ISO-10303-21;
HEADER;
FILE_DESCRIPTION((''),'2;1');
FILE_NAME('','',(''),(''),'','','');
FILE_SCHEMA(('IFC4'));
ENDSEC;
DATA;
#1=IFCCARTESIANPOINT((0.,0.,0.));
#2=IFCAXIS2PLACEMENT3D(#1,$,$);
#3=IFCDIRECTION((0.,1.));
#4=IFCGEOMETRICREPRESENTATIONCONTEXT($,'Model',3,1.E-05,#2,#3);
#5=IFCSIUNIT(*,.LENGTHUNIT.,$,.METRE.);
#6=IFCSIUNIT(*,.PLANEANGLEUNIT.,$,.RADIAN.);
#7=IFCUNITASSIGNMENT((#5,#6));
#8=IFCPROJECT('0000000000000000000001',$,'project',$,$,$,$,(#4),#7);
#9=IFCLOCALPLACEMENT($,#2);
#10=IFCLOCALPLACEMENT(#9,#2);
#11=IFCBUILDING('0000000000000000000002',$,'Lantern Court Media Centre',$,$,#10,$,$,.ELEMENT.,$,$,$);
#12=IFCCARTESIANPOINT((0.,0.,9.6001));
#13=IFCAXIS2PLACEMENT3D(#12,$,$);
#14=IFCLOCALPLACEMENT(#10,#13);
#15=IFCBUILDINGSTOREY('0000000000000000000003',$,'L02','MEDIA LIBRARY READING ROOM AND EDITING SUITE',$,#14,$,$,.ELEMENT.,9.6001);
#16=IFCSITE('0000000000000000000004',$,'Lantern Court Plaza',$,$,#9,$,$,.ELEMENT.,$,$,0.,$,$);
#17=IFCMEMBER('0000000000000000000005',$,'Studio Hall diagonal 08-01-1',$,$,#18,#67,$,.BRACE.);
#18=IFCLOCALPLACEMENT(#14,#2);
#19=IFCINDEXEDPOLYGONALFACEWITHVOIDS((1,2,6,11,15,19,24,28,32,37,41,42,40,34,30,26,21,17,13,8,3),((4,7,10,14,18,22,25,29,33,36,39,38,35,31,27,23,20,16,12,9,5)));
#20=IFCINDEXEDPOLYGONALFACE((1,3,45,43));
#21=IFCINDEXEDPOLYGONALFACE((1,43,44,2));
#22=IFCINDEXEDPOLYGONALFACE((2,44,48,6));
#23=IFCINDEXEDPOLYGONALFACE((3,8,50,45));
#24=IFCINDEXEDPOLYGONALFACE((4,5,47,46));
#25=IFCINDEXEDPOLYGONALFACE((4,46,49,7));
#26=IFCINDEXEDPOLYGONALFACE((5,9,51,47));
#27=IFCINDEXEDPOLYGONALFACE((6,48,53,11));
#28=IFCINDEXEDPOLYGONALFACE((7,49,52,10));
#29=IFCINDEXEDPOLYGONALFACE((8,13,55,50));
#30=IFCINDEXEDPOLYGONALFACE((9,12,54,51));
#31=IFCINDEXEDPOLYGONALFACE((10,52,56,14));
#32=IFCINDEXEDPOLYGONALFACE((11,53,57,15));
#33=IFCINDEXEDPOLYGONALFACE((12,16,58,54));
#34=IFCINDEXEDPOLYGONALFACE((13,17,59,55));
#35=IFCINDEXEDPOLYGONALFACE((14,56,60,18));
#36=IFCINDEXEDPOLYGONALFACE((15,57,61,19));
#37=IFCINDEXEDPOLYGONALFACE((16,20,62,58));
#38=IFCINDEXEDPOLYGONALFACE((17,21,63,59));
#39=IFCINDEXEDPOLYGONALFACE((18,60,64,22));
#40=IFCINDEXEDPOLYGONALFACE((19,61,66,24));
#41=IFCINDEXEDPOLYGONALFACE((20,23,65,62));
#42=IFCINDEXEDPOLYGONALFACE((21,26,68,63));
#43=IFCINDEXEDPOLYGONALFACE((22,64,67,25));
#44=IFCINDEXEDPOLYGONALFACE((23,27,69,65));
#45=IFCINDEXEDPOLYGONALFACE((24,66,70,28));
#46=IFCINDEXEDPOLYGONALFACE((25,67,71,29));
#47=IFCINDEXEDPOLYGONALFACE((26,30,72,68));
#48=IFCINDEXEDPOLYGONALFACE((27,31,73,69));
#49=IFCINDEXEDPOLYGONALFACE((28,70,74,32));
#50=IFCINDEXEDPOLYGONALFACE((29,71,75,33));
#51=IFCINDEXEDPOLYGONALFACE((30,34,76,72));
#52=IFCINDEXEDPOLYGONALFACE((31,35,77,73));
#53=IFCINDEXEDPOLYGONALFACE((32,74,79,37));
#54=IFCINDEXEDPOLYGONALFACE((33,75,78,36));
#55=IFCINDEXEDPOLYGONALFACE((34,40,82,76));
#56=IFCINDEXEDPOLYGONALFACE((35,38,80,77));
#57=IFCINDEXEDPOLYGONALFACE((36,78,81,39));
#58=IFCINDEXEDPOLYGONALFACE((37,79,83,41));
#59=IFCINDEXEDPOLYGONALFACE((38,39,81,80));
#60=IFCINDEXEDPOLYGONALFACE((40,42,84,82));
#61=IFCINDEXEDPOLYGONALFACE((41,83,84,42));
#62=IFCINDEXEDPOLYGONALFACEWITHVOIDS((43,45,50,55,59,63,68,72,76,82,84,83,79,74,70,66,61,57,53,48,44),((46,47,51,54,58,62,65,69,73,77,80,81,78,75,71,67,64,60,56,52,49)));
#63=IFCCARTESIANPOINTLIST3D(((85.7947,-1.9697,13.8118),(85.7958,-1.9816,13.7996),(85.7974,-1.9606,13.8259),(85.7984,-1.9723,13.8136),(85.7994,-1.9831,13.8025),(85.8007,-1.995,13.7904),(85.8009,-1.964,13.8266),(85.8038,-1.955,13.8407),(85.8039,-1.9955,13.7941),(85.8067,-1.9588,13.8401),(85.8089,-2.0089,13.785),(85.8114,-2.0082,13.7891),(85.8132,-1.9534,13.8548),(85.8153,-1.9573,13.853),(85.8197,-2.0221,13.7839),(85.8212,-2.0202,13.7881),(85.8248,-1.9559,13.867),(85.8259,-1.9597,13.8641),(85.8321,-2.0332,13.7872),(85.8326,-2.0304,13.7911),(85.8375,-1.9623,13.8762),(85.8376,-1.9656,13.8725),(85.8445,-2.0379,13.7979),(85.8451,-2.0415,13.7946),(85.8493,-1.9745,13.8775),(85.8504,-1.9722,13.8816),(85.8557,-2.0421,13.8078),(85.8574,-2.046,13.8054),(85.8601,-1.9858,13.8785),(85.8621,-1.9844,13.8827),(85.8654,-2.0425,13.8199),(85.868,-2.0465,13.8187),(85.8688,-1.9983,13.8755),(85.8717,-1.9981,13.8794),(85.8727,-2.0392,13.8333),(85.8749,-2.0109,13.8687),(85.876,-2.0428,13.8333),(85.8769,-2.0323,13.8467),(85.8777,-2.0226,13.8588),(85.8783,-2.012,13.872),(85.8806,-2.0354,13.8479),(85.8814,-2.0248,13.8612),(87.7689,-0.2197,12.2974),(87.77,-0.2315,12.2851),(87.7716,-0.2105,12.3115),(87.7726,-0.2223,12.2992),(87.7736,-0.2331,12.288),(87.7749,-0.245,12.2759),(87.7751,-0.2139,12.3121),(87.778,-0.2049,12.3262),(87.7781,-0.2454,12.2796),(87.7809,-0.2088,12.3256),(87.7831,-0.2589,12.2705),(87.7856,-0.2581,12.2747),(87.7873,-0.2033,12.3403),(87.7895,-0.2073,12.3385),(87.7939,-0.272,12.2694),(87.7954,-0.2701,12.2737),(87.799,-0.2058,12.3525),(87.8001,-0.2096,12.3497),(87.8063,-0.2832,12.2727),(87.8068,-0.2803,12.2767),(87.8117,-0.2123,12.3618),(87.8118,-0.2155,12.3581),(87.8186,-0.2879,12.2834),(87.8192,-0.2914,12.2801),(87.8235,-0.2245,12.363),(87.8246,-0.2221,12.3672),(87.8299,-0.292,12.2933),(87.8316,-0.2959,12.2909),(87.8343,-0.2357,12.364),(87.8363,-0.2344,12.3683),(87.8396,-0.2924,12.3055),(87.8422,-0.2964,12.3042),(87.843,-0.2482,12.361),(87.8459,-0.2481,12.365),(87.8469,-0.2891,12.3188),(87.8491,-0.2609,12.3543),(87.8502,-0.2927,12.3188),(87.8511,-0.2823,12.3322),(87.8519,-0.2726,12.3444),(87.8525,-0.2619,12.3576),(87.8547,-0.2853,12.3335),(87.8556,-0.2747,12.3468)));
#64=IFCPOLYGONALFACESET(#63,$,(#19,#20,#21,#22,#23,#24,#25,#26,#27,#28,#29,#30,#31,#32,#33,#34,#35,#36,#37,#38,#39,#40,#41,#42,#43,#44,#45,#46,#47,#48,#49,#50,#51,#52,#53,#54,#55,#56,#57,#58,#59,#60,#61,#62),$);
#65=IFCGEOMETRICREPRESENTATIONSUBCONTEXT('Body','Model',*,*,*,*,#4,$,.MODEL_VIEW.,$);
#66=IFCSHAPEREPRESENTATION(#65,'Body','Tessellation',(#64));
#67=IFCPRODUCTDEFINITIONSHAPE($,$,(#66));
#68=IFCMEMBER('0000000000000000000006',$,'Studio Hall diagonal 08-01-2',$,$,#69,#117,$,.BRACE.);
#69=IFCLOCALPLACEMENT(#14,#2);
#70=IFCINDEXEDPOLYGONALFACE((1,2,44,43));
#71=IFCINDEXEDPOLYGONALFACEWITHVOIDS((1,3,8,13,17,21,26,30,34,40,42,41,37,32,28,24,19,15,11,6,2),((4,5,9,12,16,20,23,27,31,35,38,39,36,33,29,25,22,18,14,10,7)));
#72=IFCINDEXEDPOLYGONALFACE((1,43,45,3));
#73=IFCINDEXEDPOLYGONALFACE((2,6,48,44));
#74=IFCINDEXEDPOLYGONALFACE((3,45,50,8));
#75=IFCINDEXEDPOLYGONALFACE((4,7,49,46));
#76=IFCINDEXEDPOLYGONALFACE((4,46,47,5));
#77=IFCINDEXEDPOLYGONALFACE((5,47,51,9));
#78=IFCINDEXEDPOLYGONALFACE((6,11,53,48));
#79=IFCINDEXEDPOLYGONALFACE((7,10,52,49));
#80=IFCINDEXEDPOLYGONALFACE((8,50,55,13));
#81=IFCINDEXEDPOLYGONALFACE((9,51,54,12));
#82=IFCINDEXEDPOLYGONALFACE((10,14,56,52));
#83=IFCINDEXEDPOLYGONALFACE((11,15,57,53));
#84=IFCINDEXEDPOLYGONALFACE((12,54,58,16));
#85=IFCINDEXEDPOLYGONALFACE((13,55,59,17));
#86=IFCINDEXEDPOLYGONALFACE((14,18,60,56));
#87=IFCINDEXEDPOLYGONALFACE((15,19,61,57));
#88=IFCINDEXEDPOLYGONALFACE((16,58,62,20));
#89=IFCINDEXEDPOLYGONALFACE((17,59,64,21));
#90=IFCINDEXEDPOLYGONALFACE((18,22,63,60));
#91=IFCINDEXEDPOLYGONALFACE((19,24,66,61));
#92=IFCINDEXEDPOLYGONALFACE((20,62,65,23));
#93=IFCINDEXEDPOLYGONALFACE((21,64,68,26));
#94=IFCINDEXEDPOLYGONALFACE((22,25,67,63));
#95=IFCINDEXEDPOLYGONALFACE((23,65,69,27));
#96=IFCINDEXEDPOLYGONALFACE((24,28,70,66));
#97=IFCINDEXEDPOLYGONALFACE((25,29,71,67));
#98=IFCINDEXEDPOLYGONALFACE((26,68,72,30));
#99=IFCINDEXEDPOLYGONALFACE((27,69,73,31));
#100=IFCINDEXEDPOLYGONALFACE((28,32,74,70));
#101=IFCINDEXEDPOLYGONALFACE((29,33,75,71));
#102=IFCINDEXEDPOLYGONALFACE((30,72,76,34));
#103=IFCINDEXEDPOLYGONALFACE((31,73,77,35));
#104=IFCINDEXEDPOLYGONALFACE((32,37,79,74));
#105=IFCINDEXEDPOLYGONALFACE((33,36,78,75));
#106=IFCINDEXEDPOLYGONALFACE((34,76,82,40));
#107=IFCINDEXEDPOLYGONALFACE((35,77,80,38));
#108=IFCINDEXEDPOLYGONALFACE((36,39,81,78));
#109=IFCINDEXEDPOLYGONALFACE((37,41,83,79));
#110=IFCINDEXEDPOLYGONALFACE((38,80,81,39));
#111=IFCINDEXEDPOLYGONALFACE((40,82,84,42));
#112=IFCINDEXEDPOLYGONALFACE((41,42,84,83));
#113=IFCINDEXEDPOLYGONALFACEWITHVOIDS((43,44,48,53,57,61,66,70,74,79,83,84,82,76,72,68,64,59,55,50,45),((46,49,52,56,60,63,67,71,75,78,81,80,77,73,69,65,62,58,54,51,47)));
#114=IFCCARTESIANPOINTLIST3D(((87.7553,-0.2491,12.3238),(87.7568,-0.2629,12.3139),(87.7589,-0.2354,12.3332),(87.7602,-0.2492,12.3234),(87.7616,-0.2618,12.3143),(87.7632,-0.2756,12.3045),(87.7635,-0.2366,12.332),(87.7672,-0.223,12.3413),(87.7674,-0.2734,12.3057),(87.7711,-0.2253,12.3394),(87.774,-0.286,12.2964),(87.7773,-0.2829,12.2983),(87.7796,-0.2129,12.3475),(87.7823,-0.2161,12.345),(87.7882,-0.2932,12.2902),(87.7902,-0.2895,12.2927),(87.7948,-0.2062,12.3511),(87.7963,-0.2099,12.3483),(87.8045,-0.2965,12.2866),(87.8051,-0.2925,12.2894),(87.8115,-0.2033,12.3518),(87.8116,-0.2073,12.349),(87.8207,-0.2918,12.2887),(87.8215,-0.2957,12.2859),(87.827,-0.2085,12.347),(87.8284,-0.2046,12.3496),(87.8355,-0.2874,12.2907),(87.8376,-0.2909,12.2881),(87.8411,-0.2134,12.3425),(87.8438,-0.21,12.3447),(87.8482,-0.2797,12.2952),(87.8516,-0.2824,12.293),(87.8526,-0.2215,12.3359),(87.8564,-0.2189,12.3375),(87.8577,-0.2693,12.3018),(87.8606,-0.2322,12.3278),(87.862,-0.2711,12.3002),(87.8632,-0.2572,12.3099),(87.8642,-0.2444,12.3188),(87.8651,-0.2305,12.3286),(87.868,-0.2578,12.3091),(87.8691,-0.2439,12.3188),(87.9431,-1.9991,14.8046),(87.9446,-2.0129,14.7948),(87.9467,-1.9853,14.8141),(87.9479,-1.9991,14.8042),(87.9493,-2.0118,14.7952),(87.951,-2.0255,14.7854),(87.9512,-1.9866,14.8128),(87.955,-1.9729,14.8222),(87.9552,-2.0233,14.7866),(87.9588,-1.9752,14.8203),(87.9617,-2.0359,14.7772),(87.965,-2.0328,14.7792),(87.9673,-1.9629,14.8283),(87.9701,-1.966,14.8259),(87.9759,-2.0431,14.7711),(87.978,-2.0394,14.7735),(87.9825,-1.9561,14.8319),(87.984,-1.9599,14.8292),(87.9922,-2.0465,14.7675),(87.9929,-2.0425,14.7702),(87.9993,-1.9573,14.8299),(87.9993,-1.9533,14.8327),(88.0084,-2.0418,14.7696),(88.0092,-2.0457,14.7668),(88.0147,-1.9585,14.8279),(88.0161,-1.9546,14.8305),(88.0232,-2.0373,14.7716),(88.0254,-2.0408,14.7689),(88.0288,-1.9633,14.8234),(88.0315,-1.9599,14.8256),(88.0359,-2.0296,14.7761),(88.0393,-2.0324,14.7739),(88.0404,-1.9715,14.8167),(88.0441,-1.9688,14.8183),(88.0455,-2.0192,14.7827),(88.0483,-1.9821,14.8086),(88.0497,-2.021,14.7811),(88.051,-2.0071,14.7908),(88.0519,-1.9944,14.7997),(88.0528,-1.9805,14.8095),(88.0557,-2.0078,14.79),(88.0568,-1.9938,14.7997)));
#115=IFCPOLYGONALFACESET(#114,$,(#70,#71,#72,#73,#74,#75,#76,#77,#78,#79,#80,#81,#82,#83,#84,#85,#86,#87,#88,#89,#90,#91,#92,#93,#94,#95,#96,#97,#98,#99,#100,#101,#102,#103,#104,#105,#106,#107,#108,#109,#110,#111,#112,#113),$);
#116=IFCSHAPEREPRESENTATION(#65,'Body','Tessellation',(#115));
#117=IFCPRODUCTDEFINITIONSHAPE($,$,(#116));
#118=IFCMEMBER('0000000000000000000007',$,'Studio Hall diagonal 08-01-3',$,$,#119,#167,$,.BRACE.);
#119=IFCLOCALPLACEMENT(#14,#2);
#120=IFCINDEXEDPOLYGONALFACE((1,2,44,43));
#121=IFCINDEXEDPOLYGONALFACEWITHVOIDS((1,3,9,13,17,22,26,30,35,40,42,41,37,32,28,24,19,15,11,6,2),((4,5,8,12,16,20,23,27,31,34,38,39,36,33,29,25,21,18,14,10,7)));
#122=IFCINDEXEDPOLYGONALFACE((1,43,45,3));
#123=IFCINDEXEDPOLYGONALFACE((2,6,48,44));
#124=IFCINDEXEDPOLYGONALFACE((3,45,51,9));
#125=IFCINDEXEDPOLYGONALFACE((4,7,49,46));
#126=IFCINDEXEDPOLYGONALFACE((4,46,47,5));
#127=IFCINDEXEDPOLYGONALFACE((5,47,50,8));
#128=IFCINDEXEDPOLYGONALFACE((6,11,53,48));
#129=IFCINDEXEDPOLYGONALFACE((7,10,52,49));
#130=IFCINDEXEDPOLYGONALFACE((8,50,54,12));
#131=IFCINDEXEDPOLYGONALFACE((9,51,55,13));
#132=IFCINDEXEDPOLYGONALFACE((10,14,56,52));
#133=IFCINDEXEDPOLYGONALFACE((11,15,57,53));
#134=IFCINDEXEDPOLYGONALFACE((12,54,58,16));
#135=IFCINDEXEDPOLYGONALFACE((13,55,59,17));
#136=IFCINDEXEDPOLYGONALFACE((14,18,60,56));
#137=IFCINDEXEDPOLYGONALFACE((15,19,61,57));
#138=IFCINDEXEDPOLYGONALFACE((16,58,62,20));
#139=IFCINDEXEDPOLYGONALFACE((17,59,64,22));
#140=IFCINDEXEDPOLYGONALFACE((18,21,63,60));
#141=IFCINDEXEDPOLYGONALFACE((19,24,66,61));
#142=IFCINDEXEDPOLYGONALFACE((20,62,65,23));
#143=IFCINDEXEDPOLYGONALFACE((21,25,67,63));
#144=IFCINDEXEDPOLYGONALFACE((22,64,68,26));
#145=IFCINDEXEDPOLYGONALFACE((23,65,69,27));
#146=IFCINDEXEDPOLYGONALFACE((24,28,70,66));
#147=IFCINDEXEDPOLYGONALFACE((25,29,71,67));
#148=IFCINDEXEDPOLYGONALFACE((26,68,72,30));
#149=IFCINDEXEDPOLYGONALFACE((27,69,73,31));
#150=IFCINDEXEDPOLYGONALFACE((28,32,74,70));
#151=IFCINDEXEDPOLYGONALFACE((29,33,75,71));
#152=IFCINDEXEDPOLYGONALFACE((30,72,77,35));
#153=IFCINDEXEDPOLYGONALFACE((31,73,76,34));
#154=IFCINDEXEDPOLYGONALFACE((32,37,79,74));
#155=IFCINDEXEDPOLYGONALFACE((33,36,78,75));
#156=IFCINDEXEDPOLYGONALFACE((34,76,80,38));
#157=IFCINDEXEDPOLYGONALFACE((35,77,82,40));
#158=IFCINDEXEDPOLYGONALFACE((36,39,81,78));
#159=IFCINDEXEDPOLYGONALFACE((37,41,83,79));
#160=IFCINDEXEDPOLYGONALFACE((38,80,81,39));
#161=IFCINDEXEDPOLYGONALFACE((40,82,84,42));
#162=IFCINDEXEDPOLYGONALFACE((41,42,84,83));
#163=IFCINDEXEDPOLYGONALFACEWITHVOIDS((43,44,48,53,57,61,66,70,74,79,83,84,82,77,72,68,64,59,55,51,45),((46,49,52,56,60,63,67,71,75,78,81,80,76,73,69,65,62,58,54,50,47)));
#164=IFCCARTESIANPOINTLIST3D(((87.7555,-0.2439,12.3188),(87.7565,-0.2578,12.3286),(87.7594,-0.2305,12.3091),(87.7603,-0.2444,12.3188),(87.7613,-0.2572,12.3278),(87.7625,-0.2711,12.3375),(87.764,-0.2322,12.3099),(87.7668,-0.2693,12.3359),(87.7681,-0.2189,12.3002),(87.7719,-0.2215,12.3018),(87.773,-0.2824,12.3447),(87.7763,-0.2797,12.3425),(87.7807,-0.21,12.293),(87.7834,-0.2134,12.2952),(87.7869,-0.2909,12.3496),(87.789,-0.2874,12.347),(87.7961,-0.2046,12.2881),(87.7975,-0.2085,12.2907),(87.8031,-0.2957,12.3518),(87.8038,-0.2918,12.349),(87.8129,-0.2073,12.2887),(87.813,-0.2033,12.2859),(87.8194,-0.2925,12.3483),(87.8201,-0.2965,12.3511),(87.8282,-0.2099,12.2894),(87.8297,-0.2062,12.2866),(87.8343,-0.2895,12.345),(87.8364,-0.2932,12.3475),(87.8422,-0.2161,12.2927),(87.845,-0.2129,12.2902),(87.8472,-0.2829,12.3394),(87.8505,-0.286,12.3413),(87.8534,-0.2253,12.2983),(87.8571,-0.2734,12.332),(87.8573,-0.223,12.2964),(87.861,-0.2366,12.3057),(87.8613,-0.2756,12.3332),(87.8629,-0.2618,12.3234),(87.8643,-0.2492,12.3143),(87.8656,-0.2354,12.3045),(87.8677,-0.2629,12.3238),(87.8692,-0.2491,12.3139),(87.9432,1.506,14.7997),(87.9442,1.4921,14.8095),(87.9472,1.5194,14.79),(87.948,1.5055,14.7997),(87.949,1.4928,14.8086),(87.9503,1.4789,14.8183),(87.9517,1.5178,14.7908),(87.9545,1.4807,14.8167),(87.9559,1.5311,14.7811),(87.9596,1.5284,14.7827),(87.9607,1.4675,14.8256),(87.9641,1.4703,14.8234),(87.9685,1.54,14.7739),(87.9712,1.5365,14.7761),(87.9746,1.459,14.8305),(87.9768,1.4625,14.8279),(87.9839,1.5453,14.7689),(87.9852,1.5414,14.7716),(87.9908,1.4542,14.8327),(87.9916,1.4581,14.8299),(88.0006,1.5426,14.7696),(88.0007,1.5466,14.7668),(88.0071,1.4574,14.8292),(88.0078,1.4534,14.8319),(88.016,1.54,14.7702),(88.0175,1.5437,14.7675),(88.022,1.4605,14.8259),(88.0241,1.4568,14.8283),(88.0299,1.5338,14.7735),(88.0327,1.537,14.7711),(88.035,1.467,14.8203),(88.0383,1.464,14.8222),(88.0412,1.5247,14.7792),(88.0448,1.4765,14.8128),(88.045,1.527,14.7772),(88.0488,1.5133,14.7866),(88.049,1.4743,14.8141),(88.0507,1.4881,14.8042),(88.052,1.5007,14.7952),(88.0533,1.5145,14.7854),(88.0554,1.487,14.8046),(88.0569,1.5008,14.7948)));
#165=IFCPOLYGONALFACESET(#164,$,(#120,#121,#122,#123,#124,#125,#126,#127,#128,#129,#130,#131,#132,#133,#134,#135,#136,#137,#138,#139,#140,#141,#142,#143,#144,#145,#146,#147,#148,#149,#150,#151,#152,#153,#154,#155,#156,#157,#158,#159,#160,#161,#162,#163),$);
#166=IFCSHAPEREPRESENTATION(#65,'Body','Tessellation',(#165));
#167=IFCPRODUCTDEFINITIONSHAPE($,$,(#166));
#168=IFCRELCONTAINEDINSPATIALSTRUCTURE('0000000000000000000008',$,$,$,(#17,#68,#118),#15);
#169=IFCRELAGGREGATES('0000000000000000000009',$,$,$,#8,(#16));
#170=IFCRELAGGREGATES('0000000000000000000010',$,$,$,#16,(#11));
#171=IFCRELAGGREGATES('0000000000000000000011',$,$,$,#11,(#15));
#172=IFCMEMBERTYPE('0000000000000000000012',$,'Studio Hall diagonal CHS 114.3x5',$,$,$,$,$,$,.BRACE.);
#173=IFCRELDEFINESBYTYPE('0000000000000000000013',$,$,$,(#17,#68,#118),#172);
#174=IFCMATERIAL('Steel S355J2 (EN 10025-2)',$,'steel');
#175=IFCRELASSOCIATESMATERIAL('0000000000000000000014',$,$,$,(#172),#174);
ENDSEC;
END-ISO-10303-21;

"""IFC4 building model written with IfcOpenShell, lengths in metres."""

from ifc_helpers import new_model, si_unit, direction, frame, origin, origin_2d, place, context, subcontext, project, spatial, hollow_circle, extrude, material, material_profile, profile_set, type_object, element, save


model = new_model("IFC4")

# Units and contexts
model_context = context("Model", 3, precision=1e-05, world=origin(), true_north=direction((0.0, 1.0)))
body_context = subcontext(model_context, "Body", "Model", "MODEL_VIEW")
ifc_project = project(units=[si_unit("LENGTHUNIT", "METRE"), si_unit("PLANEANGLEUNIT", "RADIAN")], contexts=[model_context])

# Site, building, storey
site_placement = place(None, origin())
site = spatial("IfcSite", under=ifc_project, at=site_placement, Name="Lantern Court Plaza", CompositionType="ELEMENT", RefElevation=0.0)
building_placement = place(site_placement, origin())
building = spatial("IfcBuilding", under=site, at=building_placement, Name="Lantern Court Media Centre", CompositionType="ELEMENT")
storey_placement = place(building_placement, frame((0.0, 0.0, 9.6001)))
storey = spatial("IfcBuildingStorey", under=building, at=storey_placement, Name="L02", Description="MEDIA LIBRARY READING ROOM AND EDITING SUITE", CompositionType="ELEMENT", Elevation=9.6001)

# Members
ifc_material = material(Name="Steel S355J2 (EN 10025-2)", Category="steel")
ifc_material_profile_1 = material_profile(ifc_material, hollow_circle(Radius=0.0571, WallThickness=0.0049, at=origin_2d()), Name="Studio Hall diagonal CHS 114.3x5")
ifc_profile_set_1 = profile_set([ifc_material_profile_1], Name="Steel S355J2 (EN 10025-2)")
member_type_1 = type_object("IfcMemberType", Name="Studio Hall diagonal CHS 114.3x5", PredefinedType="BRACE", material=ifc_profile_set_1)
member_1_placement = place(storey_placement, frame((87.8123, -0.25, 12.3188), z_axis=(-0.648979, -0.575301, 0.49785), x_axis=(0.663352, -0.748307, 0.0)))
element("IfcMember", 1, at=member_1_placement, inside=storey, type_object=member_type_1, Name="Studio Hall diagonal 08-01-1", PredefinedType="BRACE", context=body_context, shape_type="SweptSolid", body=[
    extrude(hollow_circle(Radius=0.0571, WallThickness=0.0049, at=origin_2d()), origin(), (0.0, 0.0, 1.0), 3.042),
])
for number, where, z_axis, x_axis, name in (
    (2, (87.8123, -0.25, 12.3188), (0.06172, -0.575306, 0.815606), (0.994294, 0.10667, 0.0), "Studio Hall diagonal 08-01-2"),
    (3, (87.8123, -0.25, 12.3188), (0.06172, 0.575306, 0.815606), (-0.994294, 0.10667, 0.0), "Studio Hall diagonal 08-01-3"),
):
    element("IfcMember", number, at=place(storey_placement, frame(where, z_axis=z_axis, x_axis=x_axis)), inside=storey, type_object=member_type_1, Name=name, PredefinedType="BRACE", context=body_context, shape_type="SweptSolid", body=[
        extrude(hollow_circle(Radius=0.0571, WallThickness=0.0049, at=origin_2d()), origin(), (0.0, 0.0, 1.0), 3.0417),
    ])

save(model, "model.ifc")
